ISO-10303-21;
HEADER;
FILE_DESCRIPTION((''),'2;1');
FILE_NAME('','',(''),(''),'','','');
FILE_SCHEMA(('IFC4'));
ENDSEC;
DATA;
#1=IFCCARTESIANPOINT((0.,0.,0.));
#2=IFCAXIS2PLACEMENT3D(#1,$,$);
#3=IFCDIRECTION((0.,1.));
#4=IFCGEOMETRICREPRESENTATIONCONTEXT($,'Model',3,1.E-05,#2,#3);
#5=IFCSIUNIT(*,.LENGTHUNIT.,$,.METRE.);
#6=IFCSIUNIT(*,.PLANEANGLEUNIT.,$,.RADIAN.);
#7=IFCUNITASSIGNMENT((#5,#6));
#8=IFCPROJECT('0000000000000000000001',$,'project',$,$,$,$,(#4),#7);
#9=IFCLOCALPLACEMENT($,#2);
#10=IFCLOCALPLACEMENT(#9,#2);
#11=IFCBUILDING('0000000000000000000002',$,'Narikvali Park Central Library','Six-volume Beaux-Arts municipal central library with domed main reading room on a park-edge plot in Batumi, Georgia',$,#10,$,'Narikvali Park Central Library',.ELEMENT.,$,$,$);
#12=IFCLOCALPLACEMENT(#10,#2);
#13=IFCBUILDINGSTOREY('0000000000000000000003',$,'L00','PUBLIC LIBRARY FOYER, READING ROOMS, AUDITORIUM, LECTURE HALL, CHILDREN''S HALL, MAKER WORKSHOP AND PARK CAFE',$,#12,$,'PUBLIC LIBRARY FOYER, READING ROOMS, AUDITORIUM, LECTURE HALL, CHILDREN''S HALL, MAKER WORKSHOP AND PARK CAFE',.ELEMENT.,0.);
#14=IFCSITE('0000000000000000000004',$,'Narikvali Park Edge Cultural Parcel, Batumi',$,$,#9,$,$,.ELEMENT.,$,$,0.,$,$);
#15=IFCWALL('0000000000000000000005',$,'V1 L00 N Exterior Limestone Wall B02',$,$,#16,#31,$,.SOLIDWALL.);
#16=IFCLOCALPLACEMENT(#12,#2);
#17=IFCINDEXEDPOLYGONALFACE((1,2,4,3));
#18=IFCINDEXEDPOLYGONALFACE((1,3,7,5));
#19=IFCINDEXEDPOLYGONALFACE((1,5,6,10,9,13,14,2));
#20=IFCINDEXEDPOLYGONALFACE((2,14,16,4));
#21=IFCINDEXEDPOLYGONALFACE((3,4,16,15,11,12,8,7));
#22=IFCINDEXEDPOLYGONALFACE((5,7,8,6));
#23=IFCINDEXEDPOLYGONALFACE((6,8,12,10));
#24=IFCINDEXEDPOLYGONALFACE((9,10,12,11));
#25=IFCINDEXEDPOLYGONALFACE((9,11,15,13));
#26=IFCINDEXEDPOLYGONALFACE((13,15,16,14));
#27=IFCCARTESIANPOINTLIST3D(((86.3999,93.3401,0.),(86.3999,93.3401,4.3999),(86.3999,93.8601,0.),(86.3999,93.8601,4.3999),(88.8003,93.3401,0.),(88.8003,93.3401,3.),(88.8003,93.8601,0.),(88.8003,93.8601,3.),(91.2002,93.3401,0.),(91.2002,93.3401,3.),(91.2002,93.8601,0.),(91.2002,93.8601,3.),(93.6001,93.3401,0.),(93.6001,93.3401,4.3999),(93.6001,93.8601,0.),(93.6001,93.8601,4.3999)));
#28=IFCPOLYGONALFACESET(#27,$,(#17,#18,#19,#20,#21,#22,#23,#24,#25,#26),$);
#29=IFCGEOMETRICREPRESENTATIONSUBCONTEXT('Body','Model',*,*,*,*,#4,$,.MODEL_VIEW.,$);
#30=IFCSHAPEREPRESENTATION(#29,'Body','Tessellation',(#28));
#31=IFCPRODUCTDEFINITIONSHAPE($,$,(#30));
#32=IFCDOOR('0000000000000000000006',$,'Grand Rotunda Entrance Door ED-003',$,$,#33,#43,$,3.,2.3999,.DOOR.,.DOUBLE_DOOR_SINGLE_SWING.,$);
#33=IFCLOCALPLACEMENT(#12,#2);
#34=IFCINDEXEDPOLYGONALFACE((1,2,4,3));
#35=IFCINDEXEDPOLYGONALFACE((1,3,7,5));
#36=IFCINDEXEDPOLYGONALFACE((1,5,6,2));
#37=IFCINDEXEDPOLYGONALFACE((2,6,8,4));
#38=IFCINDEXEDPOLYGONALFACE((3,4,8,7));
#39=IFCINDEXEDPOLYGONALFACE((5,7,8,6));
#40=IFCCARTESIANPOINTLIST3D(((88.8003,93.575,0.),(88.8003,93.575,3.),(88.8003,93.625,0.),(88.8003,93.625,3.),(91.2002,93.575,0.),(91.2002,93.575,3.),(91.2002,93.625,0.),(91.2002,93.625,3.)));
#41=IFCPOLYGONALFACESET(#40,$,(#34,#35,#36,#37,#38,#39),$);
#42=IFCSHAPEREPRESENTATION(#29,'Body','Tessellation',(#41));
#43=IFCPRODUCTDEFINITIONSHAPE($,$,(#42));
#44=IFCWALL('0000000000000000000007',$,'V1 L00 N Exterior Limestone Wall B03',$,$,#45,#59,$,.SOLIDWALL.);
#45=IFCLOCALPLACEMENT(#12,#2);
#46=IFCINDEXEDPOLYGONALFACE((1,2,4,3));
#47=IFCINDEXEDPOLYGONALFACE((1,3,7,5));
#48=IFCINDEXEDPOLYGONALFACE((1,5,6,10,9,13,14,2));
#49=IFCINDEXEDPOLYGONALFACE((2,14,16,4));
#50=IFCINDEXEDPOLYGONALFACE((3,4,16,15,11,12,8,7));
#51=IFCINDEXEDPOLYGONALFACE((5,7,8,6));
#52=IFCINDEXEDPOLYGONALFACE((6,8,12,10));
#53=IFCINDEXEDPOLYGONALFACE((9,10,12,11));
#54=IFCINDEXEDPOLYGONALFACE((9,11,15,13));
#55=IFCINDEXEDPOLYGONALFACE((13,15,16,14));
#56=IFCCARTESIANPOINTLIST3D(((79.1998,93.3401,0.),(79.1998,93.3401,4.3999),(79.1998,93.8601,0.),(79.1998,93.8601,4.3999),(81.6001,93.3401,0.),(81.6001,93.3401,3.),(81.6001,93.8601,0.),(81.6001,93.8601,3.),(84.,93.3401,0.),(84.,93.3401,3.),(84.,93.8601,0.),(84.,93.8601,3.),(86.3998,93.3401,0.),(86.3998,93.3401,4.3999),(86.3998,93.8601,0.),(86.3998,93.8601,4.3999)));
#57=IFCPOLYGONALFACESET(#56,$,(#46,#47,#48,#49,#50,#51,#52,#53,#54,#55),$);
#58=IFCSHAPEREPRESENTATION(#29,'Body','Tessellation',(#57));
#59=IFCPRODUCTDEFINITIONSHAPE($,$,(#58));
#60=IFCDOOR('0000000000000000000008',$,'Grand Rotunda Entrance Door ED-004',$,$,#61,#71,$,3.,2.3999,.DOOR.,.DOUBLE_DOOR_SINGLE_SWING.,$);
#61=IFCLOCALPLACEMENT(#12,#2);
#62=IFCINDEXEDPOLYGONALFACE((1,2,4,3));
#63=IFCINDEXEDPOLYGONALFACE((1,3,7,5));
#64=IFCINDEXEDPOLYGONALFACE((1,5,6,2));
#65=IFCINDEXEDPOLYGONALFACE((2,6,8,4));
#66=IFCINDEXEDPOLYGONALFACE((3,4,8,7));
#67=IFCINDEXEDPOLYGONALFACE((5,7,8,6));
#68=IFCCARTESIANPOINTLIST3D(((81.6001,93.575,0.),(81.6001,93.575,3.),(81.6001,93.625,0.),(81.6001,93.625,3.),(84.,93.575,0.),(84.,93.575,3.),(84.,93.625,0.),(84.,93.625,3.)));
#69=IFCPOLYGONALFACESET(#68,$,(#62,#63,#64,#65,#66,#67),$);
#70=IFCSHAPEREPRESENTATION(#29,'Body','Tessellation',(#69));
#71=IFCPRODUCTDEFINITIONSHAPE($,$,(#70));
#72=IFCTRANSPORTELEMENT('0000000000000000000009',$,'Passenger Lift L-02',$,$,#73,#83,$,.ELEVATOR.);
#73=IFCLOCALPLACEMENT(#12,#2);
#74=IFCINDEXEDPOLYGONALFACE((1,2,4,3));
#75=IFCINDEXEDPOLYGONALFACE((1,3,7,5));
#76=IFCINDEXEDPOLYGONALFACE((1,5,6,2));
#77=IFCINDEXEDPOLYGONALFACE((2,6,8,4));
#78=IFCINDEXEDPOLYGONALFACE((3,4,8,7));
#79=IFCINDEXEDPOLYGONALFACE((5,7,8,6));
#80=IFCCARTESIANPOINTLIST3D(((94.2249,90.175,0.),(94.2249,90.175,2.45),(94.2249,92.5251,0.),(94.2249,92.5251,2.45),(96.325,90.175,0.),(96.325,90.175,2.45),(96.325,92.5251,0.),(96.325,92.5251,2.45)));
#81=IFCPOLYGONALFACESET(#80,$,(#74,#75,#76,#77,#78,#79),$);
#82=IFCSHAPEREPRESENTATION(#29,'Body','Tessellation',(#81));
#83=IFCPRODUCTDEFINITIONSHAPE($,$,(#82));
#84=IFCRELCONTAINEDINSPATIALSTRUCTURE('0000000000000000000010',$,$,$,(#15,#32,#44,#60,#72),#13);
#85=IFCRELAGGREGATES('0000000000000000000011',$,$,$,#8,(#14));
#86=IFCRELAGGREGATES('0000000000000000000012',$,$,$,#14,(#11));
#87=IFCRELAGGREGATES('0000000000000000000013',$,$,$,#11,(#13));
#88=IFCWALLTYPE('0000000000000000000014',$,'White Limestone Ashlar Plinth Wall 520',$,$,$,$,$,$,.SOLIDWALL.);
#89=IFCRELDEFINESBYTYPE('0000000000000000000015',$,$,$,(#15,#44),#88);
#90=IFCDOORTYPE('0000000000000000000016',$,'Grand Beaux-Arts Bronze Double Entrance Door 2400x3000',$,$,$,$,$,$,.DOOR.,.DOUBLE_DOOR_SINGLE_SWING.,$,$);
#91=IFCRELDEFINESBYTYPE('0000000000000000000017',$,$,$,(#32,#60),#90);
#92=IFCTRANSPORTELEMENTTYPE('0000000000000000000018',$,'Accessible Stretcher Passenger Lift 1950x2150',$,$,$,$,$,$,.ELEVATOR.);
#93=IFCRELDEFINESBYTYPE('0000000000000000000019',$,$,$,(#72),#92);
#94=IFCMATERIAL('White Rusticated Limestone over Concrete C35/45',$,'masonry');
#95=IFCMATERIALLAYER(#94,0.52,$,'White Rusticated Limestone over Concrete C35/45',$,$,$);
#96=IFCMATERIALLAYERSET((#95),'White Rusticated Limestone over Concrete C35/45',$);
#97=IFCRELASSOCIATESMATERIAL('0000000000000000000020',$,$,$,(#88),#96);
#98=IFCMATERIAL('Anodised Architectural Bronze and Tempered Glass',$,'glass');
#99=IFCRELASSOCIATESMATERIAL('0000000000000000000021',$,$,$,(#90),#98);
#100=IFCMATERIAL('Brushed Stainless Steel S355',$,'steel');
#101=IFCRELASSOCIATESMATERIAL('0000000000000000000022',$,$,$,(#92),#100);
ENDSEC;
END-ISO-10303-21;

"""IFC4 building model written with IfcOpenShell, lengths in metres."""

from ifc_helpers import new_model, si_unit, direction, frame, frame_2d, origin, origin_2d, place, context, subcontext, project, spatial, rectangle, extrude, material, layer, layer_set, type_object, element, fill, save


model = new_model("IFC4")

# Units and contexts
model_context = context("Model", 3, precision=1e-05, world=origin(), true_north=direction((0.0, 1.0)))
body_context = subcontext(model_context, "Body", "Model", "MODEL_VIEW")
ifc_project = project(units=[si_unit("LENGTHUNIT", "METRE"), si_unit("PLANEANGLEUNIT", "RADIAN")], contexts=[model_context])

# Site, building, storey
site_placement = place(None, origin())
site = spatial("IfcSite", under=ifc_project, at=site_placement, Name="Narikvali Park Edge Cultural Parcel, Batumi", CompositionType="ELEMENT", RefElevation=0.0)
building_placement = place(site_placement, origin())
building = spatial("IfcBuilding", under=site, at=building_placement, Name="Narikvali Park Central Library", Description="Six-volume Beaux-Arts municipal central library with domed main reading room on a park-edge plot in Batumi, Georgia", LongName="Narikvali Park Central Library", CompositionType="ELEMENT")
storey_placement = place(building_placement, origin())
storey = spatial("IfcBuildingStorey", under=building, at=storey_placement, Name="L00", Description="PUBLIC LIBRARY FOYER, READING ROOMS, AUDITORIUM, LECTURE HALL, CHILDREN'S HALL, MAKER WORKSHOP AND PARK CAFE", LongName="PUBLIC LIBRARY FOYER, READING ROOMS, AUDITORIUM, LECTURE HALL, CHILDREN'S HALL, MAKER WORKSHOP AND PARK CAFE", CompositionType="ELEMENT", Elevation=0.0)

# Shared definitions
ifc_material_1 = material(Name="Brushed Stainless Steel S355", Category="steel")

# Walls, openings, doors
ifc_material_2 = material(Name="White Rusticated Limestone over Concrete C35/45", Category="masonry")
ifc_layer_1 = layer(ifc_material_2, 0.52, Name="White Rusticated Limestone over Concrete C35/45")
ifc_layer_set_1 = layer_set([ifc_layer_1], Name="White Rusticated Limestone over Concrete C35/45")
wall_type_1 = type_object("IfcWallType", Name="White Limestone Ashlar Plinth Wall 520", PredefinedType="SOLIDWALL", material=ifc_layer_set_1)
wall_1_placement = place(storey_placement, frame((93.6001, 93.6001, 0.0), z_axis=(0.0, 0.0, 1.0), x_axis=(-1.0, 0.0, 0.0)))
wall_1 = element("IfcWall", 1, at=wall_1_placement, inside=storey, type_object=wall_type_1, Name="V1 L00 N Exterior Limestone Wall B02", PredefinedType="SOLIDWALL", context=body_context, shape_type="SweptSolid", body=[
    extrude(rectangle(XDim=7.2002, YDim=0.52, at=frame_2d((3.6001, 0.0))), origin(), (0.0, 0.0, 1.0), 4.3999),
])
opening_1_placement = place(wall_1_placement, frame((2.3999, 0.0, 0.0)))
opening_1 = element("IfcOpeningElement", 2, at=opening_1_placement, cuts=wall_1, PredefinedType="OPENING", context=body_context, shape_type="SweptSolid", body=[
    extrude(rectangle(XDim=2.3999, YDim=3.0, at=frame_2d((1.2, 1.5))), frame((0.0, 0.272, 0.0), z_axis=(0.0, -1.0, 0.0), x_axis=(1.0, 0.0, 0.0)), (0.0, 0.0, 1.0), 0.5439),
])
ifc_material_3 = material(Name="Anodised Architectural Bronze and Tempered Glass", Category="glass")
door_type_1 = type_object("IfcDoorType", Name="Grand Beaux-Arts Bronze Double Entrance Door 2400x3000", OperationType="DOUBLE_DOOR_SINGLE_SWING", PredefinedType="DOOR", material=ifc_material_3)
door_1_placement = place(opening_1_placement, frame((2.3999, 0.0, 0.0), z_axis=(0.0, 0.0, 1.0), x_axis=(-1.0, 0.0, 0.0)))
door_1 = element("IfcDoor", 3, at=door_1_placement, inside=storey, type_object=door_type_1, Name="Grand Rotunda Entrance Door ED-003", OperationType="DOUBLE_DOOR_SINGLE_SWING", OverallHeight=3.0, OverallWidth=2.3999, PredefinedType="DOOR", context=body_context, shape_type="SweptSolid", body=[
    extrude(rectangle(XDim=2.3999, YDim=3.0, at=frame_2d((1.2, 1.5))), frame((0.0, 0.0249, 0.0), z_axis=(0.0, -1.0, 0.0), x_axis=(1.0, 0.0, 0.0)), (0.0, 0.0, 1.0), 0.05),
])
fill(opening_1, door_1)
wall_2_placement = place(storey_placement, frame((86.3999, 93.6001, 0.0), z_axis=(0.0, 0.0, 1.0), x_axis=(-1.0, 0.0, 0.0)))
wall_2 = element("IfcWall", 4, at=wall_2_placement, inside=storey, type_object=wall_type_1, Name="V1 L00 N Exterior Limestone Wall B03", PredefinedType="SOLIDWALL", context=body_context, shape_type="SweptSolid", body=[
    extrude(rectangle(XDim=7.2, YDim=0.52, at=frame_2d((3.6001, 0.0))), origin(), (0.0, 0.0, 1.0), 4.3999),
])
opening_2_placement = place(wall_2_placement, frame((2.3999, 0.0, 0.0)))
opening_2 = element("IfcOpeningElement", 5, at=opening_2_placement, cuts=wall_2, PredefinedType="OPENING", context=body_context, shape_type="SweptSolid", body=[
    extrude(rectangle(XDim=2.3999, YDim=3.0, at=frame_2d((1.2, 1.5))), frame((0.0, 0.272, 0.0), z_axis=(0.0, -1.0, 0.0), x_axis=(1.0, 0.0, 0.0)), (0.0, 0.0, 1.0), 0.5439),
])
door_2_placement = place(opening_2_placement, frame((2.3999, 0.0, 0.0), z_axis=(0.0, 0.0, 1.0), x_axis=(-1.0, 0.0, 0.0)))
door_2 = element("IfcDoor", 6, at=door_2_placement, inside=storey, type_object=door_type_1, Name="Grand Rotunda Entrance Door ED-004", OperationType="DOUBLE_DOOR_SINGLE_SWING", OverallHeight=3.0, OverallWidth=2.3999, PredefinedType="DOOR", context=body_context, shape_type="SweptSolid", body=[
    extrude(rectangle(XDim=2.3999, YDim=3.0, at=frame_2d((1.2, 1.5))), frame((0.0, 0.0249, 0.0), z_axis=(0.0, -1.0, 0.0), x_axis=(1.0, 0.0, 0.0)), (0.0, 0.0, 1.0), 0.05),
])
fill(opening_2, door_2)

# Transport element
transport_element_type = type_object("IfcTransportElementType", Name="Accessible Stretcher Passenger Lift 1950x2150", PredefinedType="ELEVATOR", material=ifc_material_1)
transport_element_placement = place(storey_placement, frame((95.2749, 91.3501, 0.0), z_axis=(0.0, 0.0, 1.0), x_axis=(1.0, 0.0, 0.0)))
element("IfcTransportElement", 7, at=transport_element_placement, inside=storey, type_object=transport_element_type, Name="Passenger Lift L-02", PredefinedType="ELEVATOR", context=body_context, shape_type="SweptSolid", body=[
    extrude(rectangle(XDim=2.1001, YDim=2.3501, at=origin_2d()), origin(), (0.0, 0.0, 1.0), 2.45),
])

save(model, "model.ifc")
